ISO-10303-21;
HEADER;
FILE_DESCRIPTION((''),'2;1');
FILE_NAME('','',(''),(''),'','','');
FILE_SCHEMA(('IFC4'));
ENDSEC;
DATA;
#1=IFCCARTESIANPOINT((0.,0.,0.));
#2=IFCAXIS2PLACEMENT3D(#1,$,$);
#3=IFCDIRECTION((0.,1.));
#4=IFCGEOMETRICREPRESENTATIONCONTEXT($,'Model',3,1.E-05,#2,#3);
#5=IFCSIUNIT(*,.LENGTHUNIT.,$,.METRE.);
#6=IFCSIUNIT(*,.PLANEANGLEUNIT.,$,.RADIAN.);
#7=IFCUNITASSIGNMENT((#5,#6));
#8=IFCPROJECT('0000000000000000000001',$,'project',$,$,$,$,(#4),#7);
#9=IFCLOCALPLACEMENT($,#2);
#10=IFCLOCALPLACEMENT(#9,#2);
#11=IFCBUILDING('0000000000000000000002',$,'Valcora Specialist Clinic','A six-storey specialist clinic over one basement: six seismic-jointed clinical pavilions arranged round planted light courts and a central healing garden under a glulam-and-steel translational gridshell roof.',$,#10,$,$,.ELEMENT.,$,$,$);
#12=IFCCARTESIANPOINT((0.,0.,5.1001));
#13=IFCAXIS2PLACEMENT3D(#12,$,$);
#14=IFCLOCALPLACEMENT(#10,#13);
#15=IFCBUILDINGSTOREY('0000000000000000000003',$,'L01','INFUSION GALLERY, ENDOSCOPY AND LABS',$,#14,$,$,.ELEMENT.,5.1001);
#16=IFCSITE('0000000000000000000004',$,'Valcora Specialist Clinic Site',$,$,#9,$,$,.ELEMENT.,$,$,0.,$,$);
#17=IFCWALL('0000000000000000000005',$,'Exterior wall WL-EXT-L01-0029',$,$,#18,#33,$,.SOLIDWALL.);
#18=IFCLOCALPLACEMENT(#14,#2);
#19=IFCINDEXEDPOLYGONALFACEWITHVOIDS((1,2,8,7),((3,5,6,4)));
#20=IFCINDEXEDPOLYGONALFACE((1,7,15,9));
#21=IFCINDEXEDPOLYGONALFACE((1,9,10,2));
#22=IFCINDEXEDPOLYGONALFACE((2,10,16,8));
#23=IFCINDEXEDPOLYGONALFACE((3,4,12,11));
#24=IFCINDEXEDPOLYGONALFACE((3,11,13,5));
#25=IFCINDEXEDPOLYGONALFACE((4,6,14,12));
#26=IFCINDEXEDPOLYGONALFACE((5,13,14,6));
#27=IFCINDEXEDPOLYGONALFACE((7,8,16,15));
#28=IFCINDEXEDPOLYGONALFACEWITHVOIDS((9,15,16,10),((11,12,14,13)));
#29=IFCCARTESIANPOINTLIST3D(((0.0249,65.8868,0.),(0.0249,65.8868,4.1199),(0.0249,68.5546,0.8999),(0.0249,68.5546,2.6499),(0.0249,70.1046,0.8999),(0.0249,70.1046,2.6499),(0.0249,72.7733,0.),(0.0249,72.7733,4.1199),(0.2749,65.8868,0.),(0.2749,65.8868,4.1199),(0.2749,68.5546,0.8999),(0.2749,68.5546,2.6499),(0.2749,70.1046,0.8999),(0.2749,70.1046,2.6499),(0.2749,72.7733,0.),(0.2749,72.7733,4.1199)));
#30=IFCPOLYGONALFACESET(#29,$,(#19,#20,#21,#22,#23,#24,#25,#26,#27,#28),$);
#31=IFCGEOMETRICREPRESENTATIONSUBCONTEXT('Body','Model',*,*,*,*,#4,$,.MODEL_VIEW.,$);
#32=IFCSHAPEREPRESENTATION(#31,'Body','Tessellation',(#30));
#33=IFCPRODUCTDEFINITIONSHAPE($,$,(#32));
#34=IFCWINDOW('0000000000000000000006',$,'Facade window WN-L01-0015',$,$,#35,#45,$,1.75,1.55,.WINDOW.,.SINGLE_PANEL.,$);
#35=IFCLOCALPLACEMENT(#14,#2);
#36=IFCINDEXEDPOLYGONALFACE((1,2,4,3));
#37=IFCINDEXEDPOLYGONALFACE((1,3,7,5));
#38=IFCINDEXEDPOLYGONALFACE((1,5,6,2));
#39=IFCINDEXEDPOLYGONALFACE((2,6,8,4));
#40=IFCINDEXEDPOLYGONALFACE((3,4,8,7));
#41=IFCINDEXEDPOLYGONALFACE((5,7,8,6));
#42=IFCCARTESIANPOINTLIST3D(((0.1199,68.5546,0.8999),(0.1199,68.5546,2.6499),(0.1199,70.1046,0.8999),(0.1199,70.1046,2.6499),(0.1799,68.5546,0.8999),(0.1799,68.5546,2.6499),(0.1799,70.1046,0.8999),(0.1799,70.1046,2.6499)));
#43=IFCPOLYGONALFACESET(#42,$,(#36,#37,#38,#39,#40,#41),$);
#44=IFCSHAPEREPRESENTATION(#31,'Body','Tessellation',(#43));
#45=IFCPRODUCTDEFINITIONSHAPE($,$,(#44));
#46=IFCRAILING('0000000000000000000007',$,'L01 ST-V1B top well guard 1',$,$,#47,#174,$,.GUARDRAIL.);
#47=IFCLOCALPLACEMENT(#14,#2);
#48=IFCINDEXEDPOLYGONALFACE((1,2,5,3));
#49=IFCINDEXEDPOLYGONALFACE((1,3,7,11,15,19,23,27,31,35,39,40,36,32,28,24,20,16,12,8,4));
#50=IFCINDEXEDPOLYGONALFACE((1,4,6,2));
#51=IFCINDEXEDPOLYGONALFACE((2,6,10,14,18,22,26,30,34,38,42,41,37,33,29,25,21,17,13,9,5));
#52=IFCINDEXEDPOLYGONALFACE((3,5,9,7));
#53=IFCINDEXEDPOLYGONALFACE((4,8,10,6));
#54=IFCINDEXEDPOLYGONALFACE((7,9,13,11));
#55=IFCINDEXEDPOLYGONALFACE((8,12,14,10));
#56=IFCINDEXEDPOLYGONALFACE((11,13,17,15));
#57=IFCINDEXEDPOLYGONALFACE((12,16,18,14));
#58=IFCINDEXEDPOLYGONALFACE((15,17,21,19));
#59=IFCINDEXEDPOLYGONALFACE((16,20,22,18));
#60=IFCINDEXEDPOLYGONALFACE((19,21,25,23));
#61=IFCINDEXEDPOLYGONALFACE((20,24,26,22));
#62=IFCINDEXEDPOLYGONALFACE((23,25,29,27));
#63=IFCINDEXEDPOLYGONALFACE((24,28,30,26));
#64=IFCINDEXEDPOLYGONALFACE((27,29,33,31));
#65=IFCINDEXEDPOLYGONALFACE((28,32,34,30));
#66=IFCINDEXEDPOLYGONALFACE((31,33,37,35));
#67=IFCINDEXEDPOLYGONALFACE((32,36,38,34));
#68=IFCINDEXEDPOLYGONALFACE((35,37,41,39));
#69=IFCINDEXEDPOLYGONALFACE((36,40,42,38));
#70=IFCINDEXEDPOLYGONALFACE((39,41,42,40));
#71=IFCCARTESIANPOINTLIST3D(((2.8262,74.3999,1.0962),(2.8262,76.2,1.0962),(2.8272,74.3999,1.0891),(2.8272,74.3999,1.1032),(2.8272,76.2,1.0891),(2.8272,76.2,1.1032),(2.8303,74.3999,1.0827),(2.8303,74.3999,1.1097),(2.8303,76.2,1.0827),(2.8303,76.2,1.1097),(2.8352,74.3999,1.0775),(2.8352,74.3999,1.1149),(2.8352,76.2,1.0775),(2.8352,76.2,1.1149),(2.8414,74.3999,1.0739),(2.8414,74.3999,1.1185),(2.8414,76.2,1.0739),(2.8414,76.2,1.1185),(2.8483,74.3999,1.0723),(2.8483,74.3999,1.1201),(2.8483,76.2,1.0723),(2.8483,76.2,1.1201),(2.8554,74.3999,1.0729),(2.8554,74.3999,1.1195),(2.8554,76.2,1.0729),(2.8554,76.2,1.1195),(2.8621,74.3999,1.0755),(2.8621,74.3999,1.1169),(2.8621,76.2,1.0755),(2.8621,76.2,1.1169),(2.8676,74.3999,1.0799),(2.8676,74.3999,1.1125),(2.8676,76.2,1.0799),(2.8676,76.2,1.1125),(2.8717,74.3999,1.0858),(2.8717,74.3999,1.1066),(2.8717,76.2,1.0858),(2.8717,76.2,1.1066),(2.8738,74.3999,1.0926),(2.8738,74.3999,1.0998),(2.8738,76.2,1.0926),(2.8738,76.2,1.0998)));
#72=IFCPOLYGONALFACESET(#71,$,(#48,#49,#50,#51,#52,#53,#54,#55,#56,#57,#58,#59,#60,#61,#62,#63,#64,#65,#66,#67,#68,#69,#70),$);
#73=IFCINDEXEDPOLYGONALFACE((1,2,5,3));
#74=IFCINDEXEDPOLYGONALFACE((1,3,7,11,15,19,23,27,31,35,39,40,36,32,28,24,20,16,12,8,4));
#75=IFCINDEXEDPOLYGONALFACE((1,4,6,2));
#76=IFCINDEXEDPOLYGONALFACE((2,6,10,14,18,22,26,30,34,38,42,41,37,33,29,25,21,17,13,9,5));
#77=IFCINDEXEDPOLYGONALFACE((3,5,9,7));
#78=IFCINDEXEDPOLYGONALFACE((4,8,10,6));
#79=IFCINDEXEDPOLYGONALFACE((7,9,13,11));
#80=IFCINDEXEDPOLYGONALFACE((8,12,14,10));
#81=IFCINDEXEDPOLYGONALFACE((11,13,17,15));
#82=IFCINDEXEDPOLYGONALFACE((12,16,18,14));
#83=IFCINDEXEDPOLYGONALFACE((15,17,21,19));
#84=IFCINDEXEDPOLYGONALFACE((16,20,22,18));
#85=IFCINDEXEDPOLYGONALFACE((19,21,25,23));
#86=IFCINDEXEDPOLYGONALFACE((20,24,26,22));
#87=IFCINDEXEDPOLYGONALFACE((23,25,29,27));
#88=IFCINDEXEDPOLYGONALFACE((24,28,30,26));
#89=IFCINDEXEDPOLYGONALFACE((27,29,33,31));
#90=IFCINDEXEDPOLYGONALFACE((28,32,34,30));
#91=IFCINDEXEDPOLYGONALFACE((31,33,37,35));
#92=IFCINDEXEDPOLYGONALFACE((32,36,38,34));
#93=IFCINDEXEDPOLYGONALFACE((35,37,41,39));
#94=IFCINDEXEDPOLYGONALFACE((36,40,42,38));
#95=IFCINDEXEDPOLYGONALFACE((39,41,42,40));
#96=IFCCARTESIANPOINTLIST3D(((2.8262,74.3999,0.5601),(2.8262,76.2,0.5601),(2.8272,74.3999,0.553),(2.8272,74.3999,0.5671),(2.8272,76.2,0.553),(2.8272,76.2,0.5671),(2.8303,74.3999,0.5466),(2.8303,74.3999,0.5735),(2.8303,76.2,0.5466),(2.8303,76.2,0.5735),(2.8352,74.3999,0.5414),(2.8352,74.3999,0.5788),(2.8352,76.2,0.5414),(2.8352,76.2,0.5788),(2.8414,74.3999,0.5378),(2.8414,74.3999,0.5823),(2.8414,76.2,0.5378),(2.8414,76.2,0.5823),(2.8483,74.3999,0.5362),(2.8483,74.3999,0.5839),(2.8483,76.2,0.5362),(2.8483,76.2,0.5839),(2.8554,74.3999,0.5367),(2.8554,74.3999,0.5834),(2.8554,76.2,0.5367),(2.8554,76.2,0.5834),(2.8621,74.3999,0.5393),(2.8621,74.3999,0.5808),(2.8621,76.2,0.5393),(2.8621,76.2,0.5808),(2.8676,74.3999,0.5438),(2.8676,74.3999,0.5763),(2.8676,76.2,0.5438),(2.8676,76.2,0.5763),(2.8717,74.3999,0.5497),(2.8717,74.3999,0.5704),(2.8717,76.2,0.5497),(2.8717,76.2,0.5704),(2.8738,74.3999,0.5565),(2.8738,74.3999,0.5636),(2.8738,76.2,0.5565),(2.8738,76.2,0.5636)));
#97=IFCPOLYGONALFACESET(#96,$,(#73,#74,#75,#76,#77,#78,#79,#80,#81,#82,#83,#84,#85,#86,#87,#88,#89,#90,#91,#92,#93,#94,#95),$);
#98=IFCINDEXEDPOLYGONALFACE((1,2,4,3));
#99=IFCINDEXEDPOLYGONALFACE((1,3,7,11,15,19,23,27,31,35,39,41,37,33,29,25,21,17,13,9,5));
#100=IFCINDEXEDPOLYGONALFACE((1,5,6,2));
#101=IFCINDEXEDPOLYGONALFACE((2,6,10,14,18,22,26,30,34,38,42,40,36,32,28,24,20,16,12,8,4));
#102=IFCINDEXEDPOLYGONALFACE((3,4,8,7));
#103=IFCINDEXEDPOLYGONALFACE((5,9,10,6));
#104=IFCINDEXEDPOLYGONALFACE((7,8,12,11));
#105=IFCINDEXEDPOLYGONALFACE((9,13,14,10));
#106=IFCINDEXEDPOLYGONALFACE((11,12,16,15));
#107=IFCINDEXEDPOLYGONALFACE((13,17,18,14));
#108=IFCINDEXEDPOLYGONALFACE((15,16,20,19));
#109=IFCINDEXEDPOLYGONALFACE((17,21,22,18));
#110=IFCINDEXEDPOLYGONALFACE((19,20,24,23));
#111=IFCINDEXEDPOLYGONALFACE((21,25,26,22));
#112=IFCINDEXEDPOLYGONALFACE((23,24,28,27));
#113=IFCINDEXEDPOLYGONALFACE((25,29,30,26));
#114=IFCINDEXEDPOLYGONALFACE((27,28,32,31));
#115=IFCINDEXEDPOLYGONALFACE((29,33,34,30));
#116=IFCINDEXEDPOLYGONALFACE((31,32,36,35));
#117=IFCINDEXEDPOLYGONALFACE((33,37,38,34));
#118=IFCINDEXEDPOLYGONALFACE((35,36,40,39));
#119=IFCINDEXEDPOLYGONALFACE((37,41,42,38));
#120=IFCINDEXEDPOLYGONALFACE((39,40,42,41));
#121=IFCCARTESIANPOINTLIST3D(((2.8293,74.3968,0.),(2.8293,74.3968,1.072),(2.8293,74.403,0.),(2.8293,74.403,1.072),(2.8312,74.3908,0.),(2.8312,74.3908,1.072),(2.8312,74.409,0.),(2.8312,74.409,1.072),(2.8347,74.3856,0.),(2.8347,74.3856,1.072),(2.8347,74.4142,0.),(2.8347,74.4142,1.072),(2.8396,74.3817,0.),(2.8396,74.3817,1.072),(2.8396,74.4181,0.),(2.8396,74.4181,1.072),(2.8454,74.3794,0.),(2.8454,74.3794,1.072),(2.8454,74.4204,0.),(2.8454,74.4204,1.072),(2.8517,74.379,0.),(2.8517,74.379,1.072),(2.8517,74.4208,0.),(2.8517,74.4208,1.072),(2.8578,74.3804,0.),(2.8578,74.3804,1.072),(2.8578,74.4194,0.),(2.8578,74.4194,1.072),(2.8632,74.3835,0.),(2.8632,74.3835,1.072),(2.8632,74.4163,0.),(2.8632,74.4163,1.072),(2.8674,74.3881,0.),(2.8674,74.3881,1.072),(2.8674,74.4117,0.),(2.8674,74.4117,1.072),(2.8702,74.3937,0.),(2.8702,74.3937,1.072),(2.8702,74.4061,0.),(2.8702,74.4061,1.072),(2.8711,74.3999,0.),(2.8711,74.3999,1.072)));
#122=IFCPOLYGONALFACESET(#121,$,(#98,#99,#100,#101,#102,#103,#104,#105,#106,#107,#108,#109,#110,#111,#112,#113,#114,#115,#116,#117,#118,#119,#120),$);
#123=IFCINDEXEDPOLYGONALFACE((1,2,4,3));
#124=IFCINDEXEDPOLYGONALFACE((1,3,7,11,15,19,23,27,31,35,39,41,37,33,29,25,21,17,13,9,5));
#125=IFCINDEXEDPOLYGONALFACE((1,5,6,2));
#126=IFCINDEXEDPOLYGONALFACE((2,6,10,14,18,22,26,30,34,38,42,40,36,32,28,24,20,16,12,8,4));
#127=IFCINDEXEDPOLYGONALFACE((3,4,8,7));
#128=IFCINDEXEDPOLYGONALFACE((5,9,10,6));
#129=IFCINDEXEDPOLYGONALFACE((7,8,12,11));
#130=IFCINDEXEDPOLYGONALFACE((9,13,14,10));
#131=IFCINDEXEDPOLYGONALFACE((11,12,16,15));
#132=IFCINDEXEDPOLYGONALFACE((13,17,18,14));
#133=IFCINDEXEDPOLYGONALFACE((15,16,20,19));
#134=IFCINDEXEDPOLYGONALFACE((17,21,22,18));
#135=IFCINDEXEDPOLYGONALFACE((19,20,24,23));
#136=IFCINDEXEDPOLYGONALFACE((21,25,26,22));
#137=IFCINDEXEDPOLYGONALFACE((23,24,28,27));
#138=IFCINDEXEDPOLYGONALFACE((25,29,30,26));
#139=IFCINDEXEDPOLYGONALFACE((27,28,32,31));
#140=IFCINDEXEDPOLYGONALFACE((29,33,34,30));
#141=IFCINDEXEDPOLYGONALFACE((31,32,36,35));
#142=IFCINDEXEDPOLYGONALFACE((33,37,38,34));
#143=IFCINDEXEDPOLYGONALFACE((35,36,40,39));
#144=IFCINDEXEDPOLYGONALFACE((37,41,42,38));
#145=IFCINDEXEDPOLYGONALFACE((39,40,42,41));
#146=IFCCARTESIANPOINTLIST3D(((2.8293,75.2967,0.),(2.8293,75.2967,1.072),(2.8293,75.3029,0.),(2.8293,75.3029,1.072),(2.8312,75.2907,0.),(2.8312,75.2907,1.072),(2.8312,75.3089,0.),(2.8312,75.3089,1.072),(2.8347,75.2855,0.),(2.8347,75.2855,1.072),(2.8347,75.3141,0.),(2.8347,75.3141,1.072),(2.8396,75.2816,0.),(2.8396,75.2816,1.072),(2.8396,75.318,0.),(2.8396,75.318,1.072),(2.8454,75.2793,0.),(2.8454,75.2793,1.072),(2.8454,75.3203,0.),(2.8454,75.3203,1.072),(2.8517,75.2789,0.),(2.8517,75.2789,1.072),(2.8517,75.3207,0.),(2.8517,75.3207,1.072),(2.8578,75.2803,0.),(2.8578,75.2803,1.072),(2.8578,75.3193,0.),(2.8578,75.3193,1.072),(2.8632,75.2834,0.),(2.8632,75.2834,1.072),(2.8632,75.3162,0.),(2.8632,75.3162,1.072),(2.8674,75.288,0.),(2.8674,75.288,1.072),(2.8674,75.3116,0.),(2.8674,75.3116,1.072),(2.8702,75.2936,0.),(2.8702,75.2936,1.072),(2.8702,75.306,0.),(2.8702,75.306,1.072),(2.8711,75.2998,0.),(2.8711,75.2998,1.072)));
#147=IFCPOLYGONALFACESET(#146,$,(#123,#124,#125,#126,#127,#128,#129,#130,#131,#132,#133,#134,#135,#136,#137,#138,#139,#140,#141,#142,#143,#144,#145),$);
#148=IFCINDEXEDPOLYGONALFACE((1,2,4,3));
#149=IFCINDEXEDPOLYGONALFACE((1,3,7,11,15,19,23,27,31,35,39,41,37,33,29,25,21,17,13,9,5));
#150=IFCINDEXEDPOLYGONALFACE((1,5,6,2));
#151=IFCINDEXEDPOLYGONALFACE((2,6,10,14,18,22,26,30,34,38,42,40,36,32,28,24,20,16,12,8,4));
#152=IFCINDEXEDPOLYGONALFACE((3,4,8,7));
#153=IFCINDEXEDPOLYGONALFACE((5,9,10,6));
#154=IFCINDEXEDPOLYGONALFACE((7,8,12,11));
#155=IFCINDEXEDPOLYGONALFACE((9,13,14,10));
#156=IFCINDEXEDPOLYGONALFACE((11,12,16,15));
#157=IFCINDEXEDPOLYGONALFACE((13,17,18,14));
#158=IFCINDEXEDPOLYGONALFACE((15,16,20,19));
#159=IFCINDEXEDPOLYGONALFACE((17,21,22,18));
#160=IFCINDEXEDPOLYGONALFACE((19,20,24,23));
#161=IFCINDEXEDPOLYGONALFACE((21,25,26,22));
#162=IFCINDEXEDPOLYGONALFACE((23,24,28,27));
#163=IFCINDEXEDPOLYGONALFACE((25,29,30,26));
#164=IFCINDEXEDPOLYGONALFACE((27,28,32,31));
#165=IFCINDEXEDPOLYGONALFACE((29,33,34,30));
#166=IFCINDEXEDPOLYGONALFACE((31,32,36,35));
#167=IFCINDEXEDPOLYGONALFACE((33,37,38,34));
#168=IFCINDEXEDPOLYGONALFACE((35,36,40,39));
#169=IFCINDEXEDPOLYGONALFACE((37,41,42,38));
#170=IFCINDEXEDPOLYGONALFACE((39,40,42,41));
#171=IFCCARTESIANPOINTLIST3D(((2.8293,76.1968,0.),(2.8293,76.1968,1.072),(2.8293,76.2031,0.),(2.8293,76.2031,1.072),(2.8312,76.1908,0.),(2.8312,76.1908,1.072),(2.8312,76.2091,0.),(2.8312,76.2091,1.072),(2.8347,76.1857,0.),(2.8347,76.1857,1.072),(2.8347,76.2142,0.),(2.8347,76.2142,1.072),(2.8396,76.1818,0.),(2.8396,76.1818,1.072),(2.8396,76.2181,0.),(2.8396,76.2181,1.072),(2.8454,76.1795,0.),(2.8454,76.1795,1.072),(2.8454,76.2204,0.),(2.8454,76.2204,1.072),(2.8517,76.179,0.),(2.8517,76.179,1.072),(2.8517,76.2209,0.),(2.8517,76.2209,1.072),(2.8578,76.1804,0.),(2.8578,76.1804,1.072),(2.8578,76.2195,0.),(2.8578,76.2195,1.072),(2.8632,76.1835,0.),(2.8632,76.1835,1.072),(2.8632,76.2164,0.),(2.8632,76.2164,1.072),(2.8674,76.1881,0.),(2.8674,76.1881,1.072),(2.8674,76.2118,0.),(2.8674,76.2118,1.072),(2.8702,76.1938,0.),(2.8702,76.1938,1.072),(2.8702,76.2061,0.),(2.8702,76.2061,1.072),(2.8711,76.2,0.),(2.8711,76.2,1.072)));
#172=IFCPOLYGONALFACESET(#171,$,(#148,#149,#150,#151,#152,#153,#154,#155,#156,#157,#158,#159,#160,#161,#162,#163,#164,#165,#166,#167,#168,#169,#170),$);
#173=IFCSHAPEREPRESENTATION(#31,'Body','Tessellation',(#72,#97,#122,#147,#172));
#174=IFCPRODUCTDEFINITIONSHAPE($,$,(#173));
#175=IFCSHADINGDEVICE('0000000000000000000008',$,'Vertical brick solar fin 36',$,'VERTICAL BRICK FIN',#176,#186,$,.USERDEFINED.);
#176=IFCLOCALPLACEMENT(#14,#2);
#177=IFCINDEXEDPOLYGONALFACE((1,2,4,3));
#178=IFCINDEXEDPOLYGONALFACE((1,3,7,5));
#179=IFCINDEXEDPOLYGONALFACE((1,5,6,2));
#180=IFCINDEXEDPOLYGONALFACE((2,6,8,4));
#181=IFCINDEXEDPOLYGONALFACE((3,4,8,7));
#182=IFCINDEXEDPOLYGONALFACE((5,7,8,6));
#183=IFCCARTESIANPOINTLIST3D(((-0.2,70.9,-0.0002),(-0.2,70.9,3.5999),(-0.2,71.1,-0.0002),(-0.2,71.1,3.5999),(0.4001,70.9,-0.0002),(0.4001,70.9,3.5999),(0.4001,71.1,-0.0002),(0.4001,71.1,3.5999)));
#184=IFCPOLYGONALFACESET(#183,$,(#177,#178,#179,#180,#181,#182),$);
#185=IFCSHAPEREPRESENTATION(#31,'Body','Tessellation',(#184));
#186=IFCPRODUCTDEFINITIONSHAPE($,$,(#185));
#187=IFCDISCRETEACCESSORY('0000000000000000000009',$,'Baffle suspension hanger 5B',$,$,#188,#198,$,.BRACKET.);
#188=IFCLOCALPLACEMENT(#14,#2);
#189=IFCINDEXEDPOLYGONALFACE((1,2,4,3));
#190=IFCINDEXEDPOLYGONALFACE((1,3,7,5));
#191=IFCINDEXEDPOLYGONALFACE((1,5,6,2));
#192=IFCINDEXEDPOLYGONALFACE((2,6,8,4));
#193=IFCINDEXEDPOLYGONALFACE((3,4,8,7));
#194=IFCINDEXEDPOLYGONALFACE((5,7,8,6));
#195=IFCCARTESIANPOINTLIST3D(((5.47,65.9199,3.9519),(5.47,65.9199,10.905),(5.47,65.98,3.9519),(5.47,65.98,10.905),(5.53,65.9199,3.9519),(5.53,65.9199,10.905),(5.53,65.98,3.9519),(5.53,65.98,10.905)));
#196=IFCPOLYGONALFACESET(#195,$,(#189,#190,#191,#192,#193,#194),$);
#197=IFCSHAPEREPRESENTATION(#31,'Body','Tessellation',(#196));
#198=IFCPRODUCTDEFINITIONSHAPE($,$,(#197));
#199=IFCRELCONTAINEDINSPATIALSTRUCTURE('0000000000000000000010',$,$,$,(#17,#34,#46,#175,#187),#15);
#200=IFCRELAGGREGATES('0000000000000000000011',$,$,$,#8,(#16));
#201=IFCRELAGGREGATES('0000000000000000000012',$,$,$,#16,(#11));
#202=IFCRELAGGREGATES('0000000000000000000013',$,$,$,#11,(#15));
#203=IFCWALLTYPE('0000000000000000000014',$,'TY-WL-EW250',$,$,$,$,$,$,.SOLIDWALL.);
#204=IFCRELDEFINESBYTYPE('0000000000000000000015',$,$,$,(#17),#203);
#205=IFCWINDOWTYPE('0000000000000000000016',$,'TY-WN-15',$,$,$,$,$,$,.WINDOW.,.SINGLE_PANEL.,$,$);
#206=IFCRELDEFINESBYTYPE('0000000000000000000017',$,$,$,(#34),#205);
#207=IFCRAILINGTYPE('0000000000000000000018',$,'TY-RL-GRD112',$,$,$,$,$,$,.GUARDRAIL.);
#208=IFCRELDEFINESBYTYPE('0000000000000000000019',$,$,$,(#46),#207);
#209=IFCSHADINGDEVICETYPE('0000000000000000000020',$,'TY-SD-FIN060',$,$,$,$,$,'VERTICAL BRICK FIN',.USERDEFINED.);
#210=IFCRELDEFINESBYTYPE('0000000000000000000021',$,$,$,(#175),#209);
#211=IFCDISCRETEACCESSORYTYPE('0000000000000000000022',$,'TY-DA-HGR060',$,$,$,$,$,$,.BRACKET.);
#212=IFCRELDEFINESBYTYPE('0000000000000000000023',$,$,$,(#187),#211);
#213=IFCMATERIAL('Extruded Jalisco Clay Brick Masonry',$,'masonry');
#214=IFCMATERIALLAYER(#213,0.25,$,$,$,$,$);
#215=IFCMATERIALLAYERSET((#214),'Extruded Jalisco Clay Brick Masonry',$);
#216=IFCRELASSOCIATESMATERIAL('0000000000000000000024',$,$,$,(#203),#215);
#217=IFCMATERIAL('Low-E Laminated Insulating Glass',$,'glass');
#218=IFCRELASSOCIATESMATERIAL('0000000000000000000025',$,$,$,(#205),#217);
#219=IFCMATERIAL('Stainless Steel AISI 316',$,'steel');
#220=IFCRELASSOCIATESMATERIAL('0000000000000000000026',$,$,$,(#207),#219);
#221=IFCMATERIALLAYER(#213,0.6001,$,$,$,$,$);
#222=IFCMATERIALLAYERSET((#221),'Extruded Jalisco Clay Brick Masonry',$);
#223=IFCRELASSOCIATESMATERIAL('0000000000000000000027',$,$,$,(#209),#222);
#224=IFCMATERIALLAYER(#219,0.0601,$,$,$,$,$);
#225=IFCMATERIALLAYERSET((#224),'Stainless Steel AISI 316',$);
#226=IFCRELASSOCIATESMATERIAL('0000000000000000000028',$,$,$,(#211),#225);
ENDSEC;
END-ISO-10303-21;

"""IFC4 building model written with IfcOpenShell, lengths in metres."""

from ifc_helpers import new_model, si_unit, direction, frame, frame_2d, origin, origin_2d, place, context, subcontext, project, spatial, rectangle, circle, extrude, material, layer, layer_set, type_object, element, fill, save


model = new_model("IFC4")

# Units and contexts
model_context = context("Model", 3, precision=1e-05, world=origin(), true_north=direction((0.0, 1.0)))
body_context = subcontext(model_context, "Body", "Model", "MODEL_VIEW")
ifc_project = project(units=[si_unit("LENGTHUNIT", "METRE"), si_unit("PLANEANGLEUNIT", "RADIAN")], contexts=[model_context])

# Site, building, storey
site_placement = place(None, origin())
site = spatial("IfcSite", under=ifc_project, at=site_placement, Name="Valcora Specialist Clinic Site", CompositionType="ELEMENT", RefElevation=0.0)
building_placement = place(site_placement, origin())
building = spatial("IfcBuilding", under=site, at=building_placement, Name="Valcora Specialist Clinic", Description="A six-storey specialist clinic over one basement: six seismic-jointed clinical pavilions arranged round planted light courts and a central healing garden under a glulam-and-steel translational gridshell roof.", CompositionType="ELEMENT")
storey_placement = place(building_placement, frame((0.0, 0.0, 5.1001)))
storey = spatial("IfcBuildingStorey", under=building, at=storey_placement, Name="L01", Description="INFUSION GALLERY, ENDOSCOPY AND LABS", CompositionType="ELEMENT", Elevation=5.1001)

# Wall, opening, window
ifc_material_1 = material(Name="Extruded Jalisco Clay Brick Masonry", Category="masonry")
ifc_material_2 = material(Name="Low-E Laminated Insulating Glass", Category="glass")
ifc_layer_1 = layer(ifc_material_1, 0.25)
ifc_layer_set_1 = layer_set([ifc_layer_1], Name="Extruded Jalisco Clay Brick Masonry")
wall_type_1 = type_object("IfcWallType", Name="TY-WL-EW250", PredefinedType="SOLIDWALL", material=ifc_layer_set_1)
wall_1_placement = place(storey_placement, frame((0.1499, 65.8867, 0.0), z_axis=(0.0, 0.0, 1.0), x_axis=(0.0, 1.0, 0.0)))
wall_1 = element("IfcWall", 1, at=wall_1_placement, inside=storey, type_object=wall_type_1, Name="Exterior wall WL-EXT-L01-0029", PredefinedType="SOLIDWALL", context=body_context, shape_type="SweptSolid", body=[
    extrude(rectangle(XDim=6.8865, YDim=0.25, at=frame_2d((3.4434, 0.0))), origin(), (0.0, 0.0, 1.0), 4.1199),
])
opening_1_placement = place(wall_1_placement, frame((2.668, 0.0, 0.8999)))
opening_1 = element("IfcOpeningElement", 2, at=opening_1_placement, cuts=wall_1, PredefinedType="OPENING", context=body_context, shape_type="SweptSolid", body=[
    extrude(rectangle(XDim=1.55, YDim=1.75, at=frame_2d((0.7749, 0.875))), frame((0.0, 0.135, 0.0), z_axis=(0.0, -1.0, 0.0), x_axis=(1.0, 0.0, 0.0)), (0.0, 0.0, 1.0), 0.27),
])
window_type_1 = type_object("IfcWindowType", Name="TY-WN-15", PartitioningType="SINGLE_PANEL", PredefinedType="WINDOW", material=ifc_material_2)
window_1_placement = place(opening_1_placement, origin())
window_1 = element("IfcWindow", 3, at=window_1_placement, inside=storey, type_object=window_type_1, Name="Facade window WN-L01-0015", OverallHeight=1.75, OverallWidth=1.55, PartitioningType="SINGLE_PANEL", PredefinedType="WINDOW", context=body_context, shape_type="SweptSolid", body=[
    extrude(rectangle(XDim=1.55, YDim=1.75, at=frame_2d((0.7749, 0.875))), frame((0.0, 0.03, 0.0), z_axis=(0.0, -1.0, 0.0), x_axis=(1.0, 0.0, 0.0)), (0.0, 0.0, 1.0), 0.0601),
])
fill(opening_1, window_1)

# Railing
ifc_material_3 = material(Name="Stainless Steel AISI 316", Category="steel")
railing_type = type_object("IfcRailingType", Name="TY-RL-GRD112", PredefinedType="GUARDRAIL", material=ifc_material_3)
railing_placement = place(storey_placement, frame((2.8501, 74.3999, 0.0)))
element("IfcRailing", 4, at=railing_placement, inside=storey, type_object=railing_type, Name="L01 ST-V1B top well guard 1", PredefinedType="GUARDRAIL", context=body_context, shape_type="SweptSolid", body=[
    extrude(circle(Radius=0.0239, at=origin_2d()), frame((0.0, 0.0, 1.0962), z_axis=(0.0, 1.0, 0.0), x_axis=(-1.0, 0.0, 0.0)), (0.0, 0.0, 1.0), 1.8),
    extrude(circle(Radius=0.0239, at=origin_2d()), frame((0.0, 0.0, 0.5601), z_axis=(0.0, 1.0, 0.0), x_axis=(-1.0, 0.0, 0.0)), (0.0, 0.0, 1.0), 1.8),
    extrude(circle(Radius=0.021, at=origin_2d()), origin(), (0.0, 0.0, 1.0), 1.072),
    extrude(circle(Radius=0.021, at=origin_2d()), frame((0.0, 0.8999, 0.0)), (0.0, 0.0, 1.0), 1.072),
    extrude(circle(Radius=0.021, at=origin_2d()), frame((0.0, 1.8, 0.0)), (0.0, 0.0, 1.0), 1.072),
])

# Shading device
ifc_layer_2 = layer(ifc_material_1, 0.6001)
ifc_layer_set_2 = layer_set([ifc_layer_2], Name="Extruded Jalisco Clay Brick Masonry")
shading_device_type = type_object("IfcShadingDeviceType", Name="TY-SD-FIN060", ElementType="VERTICAL BRICK FIN", PredefinedType="USERDEFINED", material=ifc_layer_set_2)
shading_device_placement = place(storey_placement, frame((0.1001, 71.0, -0.0002), z_axis=(0.0, 0.0, 1.0), x_axis=(1.0, 0.0, 0.0)))
element("IfcShadingDevice", 5, at=shading_device_placement, inside=storey, type_object=shading_device_type, Name="Vertical brick solar fin 36", ObjectType="VERTICAL BRICK FIN", PredefinedType="USERDEFINED", context=body_context, shape_type="SweptSolid", body=[
    extrude(rectangle(XDim=0.6001, YDim=0.2, at=origin_2d()), origin(), (0.0, 0.0, 1.0), 3.6001),
])

# Discrete accessory
ifc_layer_3 = layer(ifc_material_3, 0.0601)
ifc_layer_set_3 = layer_set([ifc_layer_3], Name="Stainless Steel AISI 316")
discrete_accessory_type = type_object("IfcDiscreteAccessoryType", Name="TY-DA-HGR060", PredefinedType="BRACKET", material=ifc_layer_set_3)
discrete_accessory_placement = place(storey_placement, frame((5.5, 65.95, 3.9519), z_axis=(0.0, 0.0, 1.0), x_axis=(1.0, 0.0, 0.0)))
element("IfcDiscreteAccessory", 6, at=discrete_accessory_placement, inside=storey, type_object=discrete_accessory_type, Name="Baffle suspension hanger 5B", PredefinedType="BRACKET", context=body_context, shape_type="SweptSolid", body=[
    extrude(rectangle(XDim=0.0601, YDim=0.0601, at=origin_2d()), origin(), (0.0, 0.0, 1.0), 6.9531),
])

save(model, "model.ifc")
